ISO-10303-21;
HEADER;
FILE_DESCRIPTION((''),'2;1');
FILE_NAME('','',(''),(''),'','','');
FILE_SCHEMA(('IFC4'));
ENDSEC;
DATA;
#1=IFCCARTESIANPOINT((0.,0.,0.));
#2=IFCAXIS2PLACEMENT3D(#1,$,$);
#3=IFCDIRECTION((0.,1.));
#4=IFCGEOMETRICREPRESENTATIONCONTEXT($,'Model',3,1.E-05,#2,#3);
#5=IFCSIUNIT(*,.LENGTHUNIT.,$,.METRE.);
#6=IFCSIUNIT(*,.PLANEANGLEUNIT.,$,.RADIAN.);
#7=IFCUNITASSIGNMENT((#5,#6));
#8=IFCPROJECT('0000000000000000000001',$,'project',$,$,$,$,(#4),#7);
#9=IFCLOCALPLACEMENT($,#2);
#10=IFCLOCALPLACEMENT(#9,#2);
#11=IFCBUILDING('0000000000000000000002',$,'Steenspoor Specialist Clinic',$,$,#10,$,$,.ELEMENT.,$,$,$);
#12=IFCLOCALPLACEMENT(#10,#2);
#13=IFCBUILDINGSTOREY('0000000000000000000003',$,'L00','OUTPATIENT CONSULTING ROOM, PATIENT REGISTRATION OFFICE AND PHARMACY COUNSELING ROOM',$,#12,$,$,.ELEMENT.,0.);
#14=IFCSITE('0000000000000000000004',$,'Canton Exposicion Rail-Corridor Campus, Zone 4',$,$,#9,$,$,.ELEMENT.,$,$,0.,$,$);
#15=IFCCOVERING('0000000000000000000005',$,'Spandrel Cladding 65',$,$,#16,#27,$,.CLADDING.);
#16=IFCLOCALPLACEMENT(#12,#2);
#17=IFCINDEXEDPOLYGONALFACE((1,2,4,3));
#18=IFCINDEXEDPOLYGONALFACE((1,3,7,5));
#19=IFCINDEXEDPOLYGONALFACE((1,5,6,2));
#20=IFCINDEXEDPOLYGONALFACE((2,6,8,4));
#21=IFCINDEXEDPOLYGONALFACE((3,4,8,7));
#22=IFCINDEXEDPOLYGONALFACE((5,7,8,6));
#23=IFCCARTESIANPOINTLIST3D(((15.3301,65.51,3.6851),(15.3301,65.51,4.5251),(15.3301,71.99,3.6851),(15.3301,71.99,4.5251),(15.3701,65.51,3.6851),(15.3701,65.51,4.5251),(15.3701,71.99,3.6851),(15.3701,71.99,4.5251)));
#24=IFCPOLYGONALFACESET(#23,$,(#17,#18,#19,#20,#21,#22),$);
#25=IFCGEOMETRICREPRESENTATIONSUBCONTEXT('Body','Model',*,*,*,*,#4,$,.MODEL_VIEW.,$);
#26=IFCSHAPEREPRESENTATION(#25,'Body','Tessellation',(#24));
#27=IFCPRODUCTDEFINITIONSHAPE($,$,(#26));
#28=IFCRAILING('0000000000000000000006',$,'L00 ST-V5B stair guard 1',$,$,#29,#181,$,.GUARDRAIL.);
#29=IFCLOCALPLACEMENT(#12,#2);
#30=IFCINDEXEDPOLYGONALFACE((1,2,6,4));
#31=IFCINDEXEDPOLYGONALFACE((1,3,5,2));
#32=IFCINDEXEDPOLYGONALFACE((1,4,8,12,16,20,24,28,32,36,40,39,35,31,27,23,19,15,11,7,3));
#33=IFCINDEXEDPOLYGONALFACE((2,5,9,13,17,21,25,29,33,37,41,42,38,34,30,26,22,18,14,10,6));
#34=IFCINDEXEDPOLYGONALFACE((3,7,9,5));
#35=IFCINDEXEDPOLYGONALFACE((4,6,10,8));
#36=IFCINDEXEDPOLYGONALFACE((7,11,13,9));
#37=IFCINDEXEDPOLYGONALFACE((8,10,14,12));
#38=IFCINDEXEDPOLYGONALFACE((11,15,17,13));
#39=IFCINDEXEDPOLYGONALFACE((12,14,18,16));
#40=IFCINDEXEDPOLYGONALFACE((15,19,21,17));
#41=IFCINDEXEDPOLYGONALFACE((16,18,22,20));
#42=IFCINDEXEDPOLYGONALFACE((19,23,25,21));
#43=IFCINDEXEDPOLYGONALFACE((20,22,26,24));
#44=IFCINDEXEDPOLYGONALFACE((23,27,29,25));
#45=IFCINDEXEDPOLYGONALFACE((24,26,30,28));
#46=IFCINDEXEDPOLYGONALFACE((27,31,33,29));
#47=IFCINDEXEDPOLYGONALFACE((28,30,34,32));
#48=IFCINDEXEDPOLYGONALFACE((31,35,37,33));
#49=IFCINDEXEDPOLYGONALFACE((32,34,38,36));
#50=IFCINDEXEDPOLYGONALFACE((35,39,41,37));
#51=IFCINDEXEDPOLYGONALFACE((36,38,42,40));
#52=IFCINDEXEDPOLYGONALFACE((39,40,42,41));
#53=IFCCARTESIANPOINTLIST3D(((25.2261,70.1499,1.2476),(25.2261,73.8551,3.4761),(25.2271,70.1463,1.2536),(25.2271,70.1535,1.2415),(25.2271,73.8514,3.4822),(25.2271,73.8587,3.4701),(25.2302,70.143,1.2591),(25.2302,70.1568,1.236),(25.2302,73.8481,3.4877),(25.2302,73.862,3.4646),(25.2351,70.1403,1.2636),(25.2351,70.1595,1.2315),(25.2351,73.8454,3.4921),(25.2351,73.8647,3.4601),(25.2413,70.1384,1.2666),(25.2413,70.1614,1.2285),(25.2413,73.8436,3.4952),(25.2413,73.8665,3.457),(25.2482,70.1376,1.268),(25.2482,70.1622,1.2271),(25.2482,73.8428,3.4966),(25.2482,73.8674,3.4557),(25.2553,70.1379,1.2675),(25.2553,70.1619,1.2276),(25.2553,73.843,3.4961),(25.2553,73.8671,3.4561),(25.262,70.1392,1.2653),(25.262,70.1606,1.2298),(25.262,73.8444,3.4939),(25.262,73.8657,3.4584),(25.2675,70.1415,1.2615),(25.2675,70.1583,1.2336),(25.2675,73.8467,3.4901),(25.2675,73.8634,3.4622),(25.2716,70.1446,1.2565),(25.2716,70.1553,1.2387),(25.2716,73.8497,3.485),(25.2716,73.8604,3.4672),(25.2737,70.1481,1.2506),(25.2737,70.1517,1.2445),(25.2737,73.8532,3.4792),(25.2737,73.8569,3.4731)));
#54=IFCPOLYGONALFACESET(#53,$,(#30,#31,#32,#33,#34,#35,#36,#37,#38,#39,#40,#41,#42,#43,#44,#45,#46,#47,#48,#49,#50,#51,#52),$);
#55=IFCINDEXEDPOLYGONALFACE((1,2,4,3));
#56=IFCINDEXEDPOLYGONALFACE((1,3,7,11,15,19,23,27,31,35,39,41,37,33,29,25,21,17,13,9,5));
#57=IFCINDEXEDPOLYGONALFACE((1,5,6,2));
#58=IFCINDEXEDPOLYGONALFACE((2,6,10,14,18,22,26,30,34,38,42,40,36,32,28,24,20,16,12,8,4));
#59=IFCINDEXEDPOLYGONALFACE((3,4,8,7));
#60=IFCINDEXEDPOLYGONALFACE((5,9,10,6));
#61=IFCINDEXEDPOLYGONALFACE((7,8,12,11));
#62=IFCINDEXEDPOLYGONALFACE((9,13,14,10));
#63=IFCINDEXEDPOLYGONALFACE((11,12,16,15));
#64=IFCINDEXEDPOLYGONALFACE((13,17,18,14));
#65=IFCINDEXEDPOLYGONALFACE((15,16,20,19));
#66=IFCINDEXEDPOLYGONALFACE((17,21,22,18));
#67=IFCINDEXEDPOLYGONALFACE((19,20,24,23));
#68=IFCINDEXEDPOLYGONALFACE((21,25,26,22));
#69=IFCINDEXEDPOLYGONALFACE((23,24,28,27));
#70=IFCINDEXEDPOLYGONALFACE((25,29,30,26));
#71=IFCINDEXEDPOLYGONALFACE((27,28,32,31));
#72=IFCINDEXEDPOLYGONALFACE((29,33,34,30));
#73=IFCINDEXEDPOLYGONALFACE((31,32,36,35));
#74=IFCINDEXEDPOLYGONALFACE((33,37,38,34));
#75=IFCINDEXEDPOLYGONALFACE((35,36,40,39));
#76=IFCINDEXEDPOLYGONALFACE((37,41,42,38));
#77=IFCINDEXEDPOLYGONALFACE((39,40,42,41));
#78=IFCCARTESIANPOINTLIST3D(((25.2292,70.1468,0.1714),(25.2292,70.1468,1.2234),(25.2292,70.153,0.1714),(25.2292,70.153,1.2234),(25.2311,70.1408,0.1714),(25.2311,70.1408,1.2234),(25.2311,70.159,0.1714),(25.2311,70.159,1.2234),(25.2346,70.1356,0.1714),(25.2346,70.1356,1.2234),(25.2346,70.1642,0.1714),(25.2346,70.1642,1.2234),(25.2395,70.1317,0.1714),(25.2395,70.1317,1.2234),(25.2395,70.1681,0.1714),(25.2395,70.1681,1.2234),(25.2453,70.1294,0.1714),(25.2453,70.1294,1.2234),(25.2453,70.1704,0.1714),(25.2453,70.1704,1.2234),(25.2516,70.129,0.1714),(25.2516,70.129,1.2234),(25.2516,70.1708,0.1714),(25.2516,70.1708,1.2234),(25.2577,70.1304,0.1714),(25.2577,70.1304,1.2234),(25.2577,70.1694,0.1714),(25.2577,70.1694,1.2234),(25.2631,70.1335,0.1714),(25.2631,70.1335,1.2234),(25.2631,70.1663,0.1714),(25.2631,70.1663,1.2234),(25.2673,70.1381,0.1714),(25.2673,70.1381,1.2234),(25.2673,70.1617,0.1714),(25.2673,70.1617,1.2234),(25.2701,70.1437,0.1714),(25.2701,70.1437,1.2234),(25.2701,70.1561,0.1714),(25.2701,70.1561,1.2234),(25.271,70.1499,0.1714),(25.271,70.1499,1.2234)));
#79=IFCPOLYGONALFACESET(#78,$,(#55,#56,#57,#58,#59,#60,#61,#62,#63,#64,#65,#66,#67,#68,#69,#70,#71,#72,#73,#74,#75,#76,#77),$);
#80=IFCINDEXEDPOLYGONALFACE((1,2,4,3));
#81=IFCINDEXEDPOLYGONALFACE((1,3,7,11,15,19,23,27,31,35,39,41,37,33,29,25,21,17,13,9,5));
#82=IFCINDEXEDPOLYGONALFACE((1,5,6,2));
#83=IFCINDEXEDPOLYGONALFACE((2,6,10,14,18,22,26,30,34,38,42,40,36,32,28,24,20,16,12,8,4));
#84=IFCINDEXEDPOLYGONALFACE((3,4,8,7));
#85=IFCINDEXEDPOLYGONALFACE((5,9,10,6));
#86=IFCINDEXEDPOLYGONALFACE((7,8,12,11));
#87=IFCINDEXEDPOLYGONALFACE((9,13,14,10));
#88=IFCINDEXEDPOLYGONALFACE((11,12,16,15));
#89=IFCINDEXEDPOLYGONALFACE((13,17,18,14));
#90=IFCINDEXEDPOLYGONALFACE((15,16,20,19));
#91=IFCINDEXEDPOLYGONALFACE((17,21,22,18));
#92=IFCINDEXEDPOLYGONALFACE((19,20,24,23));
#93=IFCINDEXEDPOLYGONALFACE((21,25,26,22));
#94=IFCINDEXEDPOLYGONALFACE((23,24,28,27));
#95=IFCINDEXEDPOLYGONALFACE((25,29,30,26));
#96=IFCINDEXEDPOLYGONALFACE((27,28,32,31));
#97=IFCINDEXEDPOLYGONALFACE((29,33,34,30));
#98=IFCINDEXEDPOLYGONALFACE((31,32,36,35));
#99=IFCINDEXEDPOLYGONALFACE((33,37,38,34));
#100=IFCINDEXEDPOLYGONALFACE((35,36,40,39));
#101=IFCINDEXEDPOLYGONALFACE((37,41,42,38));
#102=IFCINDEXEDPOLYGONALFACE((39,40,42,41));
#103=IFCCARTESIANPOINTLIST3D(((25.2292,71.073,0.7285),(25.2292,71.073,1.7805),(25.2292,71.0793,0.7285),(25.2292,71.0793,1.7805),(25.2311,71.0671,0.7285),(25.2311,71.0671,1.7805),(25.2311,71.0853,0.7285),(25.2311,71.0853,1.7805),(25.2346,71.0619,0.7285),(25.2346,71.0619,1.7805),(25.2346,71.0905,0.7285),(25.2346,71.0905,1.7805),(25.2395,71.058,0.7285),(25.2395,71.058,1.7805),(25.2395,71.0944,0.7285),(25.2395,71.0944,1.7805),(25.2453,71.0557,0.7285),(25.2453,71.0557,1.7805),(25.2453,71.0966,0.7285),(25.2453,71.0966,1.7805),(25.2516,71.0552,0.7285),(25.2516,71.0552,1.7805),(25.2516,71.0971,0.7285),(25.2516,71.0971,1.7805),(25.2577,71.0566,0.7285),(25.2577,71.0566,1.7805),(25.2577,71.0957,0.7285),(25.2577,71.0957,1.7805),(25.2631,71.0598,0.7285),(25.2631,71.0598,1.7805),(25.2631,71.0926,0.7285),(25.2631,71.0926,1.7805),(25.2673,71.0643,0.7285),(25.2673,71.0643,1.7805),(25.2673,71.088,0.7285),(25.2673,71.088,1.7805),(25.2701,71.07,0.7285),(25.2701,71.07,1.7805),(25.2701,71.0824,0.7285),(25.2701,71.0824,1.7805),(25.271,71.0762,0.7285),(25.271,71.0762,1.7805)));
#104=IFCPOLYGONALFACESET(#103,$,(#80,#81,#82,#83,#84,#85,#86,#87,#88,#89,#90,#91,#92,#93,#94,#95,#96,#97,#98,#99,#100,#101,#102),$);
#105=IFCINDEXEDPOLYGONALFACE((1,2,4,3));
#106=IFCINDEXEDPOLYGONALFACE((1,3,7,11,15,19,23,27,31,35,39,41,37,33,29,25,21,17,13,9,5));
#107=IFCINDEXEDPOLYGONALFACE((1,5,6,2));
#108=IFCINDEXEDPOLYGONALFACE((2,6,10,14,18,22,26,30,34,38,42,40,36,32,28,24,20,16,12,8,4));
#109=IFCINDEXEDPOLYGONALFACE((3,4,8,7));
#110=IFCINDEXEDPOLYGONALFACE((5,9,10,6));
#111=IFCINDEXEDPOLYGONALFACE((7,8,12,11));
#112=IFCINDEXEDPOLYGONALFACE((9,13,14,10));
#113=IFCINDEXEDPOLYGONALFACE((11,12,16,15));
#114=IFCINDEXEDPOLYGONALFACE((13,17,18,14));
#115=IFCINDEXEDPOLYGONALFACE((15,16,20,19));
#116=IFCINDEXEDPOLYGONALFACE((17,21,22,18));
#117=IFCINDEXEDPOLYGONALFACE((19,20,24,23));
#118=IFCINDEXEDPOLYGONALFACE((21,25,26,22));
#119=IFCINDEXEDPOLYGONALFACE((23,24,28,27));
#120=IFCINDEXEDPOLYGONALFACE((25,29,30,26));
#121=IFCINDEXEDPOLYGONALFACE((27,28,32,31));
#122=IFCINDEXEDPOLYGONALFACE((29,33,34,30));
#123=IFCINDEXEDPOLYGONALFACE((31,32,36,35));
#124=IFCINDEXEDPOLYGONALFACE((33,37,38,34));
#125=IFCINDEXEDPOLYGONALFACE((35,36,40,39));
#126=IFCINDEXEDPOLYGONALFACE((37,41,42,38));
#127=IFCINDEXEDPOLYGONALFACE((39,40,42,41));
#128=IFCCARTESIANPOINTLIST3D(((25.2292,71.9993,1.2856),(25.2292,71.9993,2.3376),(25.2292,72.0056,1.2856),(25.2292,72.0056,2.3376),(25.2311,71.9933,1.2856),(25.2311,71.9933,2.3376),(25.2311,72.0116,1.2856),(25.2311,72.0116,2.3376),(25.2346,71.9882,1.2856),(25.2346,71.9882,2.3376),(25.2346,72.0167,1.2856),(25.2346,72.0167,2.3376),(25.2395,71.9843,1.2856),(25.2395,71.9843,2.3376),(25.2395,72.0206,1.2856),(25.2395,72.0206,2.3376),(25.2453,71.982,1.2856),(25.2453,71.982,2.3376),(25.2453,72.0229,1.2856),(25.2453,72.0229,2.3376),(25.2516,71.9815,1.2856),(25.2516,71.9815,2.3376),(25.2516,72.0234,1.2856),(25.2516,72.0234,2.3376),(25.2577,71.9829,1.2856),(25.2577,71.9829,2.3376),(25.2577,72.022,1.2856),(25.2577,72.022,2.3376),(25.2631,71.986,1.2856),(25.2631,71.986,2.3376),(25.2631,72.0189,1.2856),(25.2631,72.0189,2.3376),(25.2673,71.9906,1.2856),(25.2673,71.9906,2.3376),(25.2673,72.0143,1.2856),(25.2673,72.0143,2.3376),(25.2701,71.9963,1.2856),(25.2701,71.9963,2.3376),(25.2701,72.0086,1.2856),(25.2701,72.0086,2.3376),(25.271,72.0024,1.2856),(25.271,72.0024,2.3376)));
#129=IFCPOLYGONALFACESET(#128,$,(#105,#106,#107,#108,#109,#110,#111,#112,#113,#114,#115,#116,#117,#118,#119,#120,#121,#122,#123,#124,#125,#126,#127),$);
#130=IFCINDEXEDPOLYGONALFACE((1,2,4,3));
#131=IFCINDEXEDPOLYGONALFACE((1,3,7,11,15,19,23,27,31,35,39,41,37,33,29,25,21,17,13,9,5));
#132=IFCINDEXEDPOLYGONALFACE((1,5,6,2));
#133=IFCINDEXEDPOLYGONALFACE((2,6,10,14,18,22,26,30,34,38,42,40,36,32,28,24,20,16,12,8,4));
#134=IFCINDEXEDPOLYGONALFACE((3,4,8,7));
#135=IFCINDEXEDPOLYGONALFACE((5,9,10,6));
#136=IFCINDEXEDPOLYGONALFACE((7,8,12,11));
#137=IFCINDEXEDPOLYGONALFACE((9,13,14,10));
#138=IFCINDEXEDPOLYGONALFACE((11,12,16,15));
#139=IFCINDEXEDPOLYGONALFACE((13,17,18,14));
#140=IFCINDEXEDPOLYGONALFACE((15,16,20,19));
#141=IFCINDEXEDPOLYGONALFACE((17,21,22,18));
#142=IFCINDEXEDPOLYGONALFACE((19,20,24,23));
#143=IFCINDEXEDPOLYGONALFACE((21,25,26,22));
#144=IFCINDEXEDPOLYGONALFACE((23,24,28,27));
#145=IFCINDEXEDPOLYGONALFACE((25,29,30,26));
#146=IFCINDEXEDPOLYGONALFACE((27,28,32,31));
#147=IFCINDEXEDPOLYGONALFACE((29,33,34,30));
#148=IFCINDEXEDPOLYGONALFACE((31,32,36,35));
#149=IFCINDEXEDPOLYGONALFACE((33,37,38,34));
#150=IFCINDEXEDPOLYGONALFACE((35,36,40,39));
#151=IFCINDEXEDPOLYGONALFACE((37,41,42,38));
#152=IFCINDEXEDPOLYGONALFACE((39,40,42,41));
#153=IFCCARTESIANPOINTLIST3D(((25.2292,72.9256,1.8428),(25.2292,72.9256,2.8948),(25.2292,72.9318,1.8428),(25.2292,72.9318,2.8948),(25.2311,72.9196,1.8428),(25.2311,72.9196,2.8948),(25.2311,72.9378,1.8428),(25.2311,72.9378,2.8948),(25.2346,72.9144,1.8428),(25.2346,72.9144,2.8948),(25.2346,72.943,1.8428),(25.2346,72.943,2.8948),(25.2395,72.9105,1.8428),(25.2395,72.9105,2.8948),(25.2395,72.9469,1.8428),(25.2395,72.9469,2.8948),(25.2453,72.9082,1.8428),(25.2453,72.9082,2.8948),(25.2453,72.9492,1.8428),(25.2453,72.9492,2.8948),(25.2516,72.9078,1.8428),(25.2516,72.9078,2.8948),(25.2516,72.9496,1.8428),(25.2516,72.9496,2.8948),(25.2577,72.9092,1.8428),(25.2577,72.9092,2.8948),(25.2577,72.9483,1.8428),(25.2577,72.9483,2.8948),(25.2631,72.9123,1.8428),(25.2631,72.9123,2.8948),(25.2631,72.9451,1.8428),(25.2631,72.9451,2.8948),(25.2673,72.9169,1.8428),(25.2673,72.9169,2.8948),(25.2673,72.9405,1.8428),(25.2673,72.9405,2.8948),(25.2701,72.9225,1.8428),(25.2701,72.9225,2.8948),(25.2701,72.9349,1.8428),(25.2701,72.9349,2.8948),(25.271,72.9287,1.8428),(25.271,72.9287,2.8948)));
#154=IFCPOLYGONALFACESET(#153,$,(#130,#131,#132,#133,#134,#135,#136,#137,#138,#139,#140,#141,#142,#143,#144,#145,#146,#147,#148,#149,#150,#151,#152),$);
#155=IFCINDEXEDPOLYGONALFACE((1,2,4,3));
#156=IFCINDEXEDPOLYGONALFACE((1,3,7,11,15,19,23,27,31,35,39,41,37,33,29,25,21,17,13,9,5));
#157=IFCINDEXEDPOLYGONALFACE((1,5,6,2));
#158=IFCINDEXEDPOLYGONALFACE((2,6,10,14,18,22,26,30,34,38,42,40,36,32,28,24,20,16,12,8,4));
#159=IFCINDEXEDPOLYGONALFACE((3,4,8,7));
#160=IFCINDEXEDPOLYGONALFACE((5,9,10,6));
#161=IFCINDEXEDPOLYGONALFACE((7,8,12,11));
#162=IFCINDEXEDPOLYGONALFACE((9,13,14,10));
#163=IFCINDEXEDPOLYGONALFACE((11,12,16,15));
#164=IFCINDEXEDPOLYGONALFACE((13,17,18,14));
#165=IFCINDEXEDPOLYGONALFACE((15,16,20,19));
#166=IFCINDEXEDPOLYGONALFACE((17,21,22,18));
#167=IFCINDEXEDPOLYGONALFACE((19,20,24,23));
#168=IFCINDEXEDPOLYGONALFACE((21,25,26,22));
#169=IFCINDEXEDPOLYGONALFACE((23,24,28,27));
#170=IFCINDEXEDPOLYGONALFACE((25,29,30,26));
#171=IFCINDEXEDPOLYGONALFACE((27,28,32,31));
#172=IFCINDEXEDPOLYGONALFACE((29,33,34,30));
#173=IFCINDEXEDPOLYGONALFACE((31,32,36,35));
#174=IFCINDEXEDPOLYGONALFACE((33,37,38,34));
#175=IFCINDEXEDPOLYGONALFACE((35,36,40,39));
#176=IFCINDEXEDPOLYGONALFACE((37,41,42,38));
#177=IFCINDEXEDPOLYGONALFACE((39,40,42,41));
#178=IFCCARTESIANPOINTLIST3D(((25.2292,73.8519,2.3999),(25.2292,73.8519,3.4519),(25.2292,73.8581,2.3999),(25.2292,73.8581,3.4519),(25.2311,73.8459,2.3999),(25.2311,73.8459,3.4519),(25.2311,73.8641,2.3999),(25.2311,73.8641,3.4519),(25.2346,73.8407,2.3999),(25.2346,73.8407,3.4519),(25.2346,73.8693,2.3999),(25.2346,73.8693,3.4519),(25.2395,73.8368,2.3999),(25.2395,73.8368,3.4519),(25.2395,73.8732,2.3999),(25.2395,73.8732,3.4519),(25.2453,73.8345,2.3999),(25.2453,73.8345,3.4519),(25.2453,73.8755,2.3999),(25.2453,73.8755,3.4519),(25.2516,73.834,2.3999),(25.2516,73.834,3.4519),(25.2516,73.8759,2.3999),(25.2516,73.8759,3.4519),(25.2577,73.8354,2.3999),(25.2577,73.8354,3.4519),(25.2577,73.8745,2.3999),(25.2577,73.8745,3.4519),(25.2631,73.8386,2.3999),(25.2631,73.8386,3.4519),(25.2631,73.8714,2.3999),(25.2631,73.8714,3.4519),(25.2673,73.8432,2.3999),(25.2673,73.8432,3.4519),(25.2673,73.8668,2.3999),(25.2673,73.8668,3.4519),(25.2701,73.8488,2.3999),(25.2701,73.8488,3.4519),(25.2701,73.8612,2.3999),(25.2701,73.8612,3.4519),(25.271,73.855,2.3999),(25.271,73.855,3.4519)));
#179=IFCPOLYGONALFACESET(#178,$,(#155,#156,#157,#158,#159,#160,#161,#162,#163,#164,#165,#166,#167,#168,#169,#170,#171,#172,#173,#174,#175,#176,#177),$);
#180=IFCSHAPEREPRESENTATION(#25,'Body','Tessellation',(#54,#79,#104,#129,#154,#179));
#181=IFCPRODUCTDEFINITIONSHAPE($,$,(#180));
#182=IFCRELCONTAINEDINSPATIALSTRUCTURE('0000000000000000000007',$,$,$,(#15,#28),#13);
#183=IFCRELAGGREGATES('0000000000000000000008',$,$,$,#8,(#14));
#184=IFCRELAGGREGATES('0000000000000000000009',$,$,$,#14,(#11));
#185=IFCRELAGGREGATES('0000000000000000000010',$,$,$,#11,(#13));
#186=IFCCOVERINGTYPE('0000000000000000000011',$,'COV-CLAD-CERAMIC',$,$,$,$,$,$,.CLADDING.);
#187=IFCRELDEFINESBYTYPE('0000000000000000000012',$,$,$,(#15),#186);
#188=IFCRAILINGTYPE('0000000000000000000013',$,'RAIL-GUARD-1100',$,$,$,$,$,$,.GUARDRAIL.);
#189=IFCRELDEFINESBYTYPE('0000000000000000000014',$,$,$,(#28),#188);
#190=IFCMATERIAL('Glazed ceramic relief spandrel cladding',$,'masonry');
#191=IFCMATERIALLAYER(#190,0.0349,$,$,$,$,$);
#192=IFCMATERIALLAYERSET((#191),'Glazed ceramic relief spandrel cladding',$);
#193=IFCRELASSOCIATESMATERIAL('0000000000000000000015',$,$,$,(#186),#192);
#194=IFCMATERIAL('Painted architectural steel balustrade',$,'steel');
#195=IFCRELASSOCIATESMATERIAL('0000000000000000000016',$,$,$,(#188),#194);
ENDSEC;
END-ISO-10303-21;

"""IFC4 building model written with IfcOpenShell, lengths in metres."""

from ifc_helpers import new_model, si_unit, direction, frame, origin, origin_2d, place, context, subcontext, project, spatial, rectangle, circle, extrude, material, layer, layer_set, type_object, element, save


model = new_model("IFC4")

# Units and contexts
model_context = context("Model", 3, precision=1e-05, world=origin(), true_north=direction((0.0, 1.0)))
body_context = subcontext(model_context, "Body", "Model", "MODEL_VIEW")
ifc_project = project(units=[si_unit("LENGTHUNIT", "METRE"), si_unit("PLANEANGLEUNIT", "RADIAN")], contexts=[model_context])

# Site, building, storey
site_placement = place(None, origin())
site = spatial("IfcSite", under=ifc_project, at=site_placement, Name="Canton Exposicion Rail-Corridor Campus, Zone 4", CompositionType="ELEMENT", RefElevation=0.0)
building_placement = place(site_placement, origin())
building = spatial("IfcBuilding", under=site, at=building_placement, Name="Steenspoor Specialist Clinic", CompositionType="ELEMENT")
storey_placement = place(building_placement, origin())
storey = spatial("IfcBuildingStorey", under=building, at=storey_placement, Name="L00", Description="OUTPATIENT CONSULTING ROOM, PATIENT REGISTRATION OFFICE AND PHARMACY COUNSELING ROOM", CompositionType="ELEMENT", Elevation=0.0)

# Covering
ifc_material_1 = material(Name="Glazed ceramic relief spandrel cladding", Category="masonry")
ifc_layer_1 = layer(ifc_material_1, 0.0349)
ifc_layer_set_1 = layer_set([ifc_layer_1], Name="Glazed ceramic relief spandrel cladding")
covering_type = type_object("IfcCoveringType", Name="COV-CLAD-CERAMIC", PredefinedType="CLADDING", material=ifc_layer_set_1)
covering_placement = place(storey_placement, frame((15.3501, 68.75, 3.6851), z_axis=(0.0, 0.0, 1.0), x_axis=(0.0, 1.0, 0.0)))
element("IfcCovering", 1, at=covering_placement, inside=storey, type_object=covering_type, Name="Spandrel Cladding 65", PredefinedType="CLADDING", context=body_context, shape_type="SweptSolid", body=[
    extrude(rectangle(XDim=6.48, YDim=0.04, at=origin_2d()), origin(), (0.0, 0.0, 1.0), 0.8401),
])

# Railing
ifc_material_2 = material(Name="Painted architectural steel balustrade", Category="steel")
railing_type_1 = type_object("IfcRailingType", Name="RAIL-GUARD-1100", PredefinedType="GUARDRAIL", material=ifc_material_2)
railing_1_placement = place(storey_placement, frame((25.25, 70.1499, 0.1714)))
element("IfcRailing", 2, at=railing_1_placement, inside=storey, type_object=railing_type_1, Name="L00 ST-V5B stair guard 1", PredefinedType="GUARDRAIL", context=body_context, shape_type="SweptSolid", body=[
    extrude(circle(Radius=0.0239, at=origin_2d()), frame((0.0, 0.0, 1.0762), z_axis=(0.0, 0.856934, 0.515425), x_axis=(-1.0, 0.0, 0.0)), (0.0, 0.0, 1.0), 4.3237),
    extrude(circle(Radius=0.021, at=origin_2d()), origin(), (0.0, 0.0, 1.0), 1.052),
    extrude(circle(Radius=0.021, at=origin_2d()), frame((0.0, 0.9263, 0.5571)), (0.0, 0.0, 1.0), 1.052),
    extrude(circle(Radius=0.021, at=origin_2d()), frame((0.0, 1.8525, 1.1143)), (0.0, 0.0, 1.0), 1.052),
    extrude(circle(Radius=0.021, at=origin_2d()), frame((0.0, 2.7788, 1.6714)), (0.0, 0.0, 1.0), 1.052),
    extrude(circle(Radius=0.021, at=origin_2d()), frame((0.0, 3.7051, 2.2285)), (0.0, 0.0, 1.0), 1.052),
])

save(model, "model.ifc")
